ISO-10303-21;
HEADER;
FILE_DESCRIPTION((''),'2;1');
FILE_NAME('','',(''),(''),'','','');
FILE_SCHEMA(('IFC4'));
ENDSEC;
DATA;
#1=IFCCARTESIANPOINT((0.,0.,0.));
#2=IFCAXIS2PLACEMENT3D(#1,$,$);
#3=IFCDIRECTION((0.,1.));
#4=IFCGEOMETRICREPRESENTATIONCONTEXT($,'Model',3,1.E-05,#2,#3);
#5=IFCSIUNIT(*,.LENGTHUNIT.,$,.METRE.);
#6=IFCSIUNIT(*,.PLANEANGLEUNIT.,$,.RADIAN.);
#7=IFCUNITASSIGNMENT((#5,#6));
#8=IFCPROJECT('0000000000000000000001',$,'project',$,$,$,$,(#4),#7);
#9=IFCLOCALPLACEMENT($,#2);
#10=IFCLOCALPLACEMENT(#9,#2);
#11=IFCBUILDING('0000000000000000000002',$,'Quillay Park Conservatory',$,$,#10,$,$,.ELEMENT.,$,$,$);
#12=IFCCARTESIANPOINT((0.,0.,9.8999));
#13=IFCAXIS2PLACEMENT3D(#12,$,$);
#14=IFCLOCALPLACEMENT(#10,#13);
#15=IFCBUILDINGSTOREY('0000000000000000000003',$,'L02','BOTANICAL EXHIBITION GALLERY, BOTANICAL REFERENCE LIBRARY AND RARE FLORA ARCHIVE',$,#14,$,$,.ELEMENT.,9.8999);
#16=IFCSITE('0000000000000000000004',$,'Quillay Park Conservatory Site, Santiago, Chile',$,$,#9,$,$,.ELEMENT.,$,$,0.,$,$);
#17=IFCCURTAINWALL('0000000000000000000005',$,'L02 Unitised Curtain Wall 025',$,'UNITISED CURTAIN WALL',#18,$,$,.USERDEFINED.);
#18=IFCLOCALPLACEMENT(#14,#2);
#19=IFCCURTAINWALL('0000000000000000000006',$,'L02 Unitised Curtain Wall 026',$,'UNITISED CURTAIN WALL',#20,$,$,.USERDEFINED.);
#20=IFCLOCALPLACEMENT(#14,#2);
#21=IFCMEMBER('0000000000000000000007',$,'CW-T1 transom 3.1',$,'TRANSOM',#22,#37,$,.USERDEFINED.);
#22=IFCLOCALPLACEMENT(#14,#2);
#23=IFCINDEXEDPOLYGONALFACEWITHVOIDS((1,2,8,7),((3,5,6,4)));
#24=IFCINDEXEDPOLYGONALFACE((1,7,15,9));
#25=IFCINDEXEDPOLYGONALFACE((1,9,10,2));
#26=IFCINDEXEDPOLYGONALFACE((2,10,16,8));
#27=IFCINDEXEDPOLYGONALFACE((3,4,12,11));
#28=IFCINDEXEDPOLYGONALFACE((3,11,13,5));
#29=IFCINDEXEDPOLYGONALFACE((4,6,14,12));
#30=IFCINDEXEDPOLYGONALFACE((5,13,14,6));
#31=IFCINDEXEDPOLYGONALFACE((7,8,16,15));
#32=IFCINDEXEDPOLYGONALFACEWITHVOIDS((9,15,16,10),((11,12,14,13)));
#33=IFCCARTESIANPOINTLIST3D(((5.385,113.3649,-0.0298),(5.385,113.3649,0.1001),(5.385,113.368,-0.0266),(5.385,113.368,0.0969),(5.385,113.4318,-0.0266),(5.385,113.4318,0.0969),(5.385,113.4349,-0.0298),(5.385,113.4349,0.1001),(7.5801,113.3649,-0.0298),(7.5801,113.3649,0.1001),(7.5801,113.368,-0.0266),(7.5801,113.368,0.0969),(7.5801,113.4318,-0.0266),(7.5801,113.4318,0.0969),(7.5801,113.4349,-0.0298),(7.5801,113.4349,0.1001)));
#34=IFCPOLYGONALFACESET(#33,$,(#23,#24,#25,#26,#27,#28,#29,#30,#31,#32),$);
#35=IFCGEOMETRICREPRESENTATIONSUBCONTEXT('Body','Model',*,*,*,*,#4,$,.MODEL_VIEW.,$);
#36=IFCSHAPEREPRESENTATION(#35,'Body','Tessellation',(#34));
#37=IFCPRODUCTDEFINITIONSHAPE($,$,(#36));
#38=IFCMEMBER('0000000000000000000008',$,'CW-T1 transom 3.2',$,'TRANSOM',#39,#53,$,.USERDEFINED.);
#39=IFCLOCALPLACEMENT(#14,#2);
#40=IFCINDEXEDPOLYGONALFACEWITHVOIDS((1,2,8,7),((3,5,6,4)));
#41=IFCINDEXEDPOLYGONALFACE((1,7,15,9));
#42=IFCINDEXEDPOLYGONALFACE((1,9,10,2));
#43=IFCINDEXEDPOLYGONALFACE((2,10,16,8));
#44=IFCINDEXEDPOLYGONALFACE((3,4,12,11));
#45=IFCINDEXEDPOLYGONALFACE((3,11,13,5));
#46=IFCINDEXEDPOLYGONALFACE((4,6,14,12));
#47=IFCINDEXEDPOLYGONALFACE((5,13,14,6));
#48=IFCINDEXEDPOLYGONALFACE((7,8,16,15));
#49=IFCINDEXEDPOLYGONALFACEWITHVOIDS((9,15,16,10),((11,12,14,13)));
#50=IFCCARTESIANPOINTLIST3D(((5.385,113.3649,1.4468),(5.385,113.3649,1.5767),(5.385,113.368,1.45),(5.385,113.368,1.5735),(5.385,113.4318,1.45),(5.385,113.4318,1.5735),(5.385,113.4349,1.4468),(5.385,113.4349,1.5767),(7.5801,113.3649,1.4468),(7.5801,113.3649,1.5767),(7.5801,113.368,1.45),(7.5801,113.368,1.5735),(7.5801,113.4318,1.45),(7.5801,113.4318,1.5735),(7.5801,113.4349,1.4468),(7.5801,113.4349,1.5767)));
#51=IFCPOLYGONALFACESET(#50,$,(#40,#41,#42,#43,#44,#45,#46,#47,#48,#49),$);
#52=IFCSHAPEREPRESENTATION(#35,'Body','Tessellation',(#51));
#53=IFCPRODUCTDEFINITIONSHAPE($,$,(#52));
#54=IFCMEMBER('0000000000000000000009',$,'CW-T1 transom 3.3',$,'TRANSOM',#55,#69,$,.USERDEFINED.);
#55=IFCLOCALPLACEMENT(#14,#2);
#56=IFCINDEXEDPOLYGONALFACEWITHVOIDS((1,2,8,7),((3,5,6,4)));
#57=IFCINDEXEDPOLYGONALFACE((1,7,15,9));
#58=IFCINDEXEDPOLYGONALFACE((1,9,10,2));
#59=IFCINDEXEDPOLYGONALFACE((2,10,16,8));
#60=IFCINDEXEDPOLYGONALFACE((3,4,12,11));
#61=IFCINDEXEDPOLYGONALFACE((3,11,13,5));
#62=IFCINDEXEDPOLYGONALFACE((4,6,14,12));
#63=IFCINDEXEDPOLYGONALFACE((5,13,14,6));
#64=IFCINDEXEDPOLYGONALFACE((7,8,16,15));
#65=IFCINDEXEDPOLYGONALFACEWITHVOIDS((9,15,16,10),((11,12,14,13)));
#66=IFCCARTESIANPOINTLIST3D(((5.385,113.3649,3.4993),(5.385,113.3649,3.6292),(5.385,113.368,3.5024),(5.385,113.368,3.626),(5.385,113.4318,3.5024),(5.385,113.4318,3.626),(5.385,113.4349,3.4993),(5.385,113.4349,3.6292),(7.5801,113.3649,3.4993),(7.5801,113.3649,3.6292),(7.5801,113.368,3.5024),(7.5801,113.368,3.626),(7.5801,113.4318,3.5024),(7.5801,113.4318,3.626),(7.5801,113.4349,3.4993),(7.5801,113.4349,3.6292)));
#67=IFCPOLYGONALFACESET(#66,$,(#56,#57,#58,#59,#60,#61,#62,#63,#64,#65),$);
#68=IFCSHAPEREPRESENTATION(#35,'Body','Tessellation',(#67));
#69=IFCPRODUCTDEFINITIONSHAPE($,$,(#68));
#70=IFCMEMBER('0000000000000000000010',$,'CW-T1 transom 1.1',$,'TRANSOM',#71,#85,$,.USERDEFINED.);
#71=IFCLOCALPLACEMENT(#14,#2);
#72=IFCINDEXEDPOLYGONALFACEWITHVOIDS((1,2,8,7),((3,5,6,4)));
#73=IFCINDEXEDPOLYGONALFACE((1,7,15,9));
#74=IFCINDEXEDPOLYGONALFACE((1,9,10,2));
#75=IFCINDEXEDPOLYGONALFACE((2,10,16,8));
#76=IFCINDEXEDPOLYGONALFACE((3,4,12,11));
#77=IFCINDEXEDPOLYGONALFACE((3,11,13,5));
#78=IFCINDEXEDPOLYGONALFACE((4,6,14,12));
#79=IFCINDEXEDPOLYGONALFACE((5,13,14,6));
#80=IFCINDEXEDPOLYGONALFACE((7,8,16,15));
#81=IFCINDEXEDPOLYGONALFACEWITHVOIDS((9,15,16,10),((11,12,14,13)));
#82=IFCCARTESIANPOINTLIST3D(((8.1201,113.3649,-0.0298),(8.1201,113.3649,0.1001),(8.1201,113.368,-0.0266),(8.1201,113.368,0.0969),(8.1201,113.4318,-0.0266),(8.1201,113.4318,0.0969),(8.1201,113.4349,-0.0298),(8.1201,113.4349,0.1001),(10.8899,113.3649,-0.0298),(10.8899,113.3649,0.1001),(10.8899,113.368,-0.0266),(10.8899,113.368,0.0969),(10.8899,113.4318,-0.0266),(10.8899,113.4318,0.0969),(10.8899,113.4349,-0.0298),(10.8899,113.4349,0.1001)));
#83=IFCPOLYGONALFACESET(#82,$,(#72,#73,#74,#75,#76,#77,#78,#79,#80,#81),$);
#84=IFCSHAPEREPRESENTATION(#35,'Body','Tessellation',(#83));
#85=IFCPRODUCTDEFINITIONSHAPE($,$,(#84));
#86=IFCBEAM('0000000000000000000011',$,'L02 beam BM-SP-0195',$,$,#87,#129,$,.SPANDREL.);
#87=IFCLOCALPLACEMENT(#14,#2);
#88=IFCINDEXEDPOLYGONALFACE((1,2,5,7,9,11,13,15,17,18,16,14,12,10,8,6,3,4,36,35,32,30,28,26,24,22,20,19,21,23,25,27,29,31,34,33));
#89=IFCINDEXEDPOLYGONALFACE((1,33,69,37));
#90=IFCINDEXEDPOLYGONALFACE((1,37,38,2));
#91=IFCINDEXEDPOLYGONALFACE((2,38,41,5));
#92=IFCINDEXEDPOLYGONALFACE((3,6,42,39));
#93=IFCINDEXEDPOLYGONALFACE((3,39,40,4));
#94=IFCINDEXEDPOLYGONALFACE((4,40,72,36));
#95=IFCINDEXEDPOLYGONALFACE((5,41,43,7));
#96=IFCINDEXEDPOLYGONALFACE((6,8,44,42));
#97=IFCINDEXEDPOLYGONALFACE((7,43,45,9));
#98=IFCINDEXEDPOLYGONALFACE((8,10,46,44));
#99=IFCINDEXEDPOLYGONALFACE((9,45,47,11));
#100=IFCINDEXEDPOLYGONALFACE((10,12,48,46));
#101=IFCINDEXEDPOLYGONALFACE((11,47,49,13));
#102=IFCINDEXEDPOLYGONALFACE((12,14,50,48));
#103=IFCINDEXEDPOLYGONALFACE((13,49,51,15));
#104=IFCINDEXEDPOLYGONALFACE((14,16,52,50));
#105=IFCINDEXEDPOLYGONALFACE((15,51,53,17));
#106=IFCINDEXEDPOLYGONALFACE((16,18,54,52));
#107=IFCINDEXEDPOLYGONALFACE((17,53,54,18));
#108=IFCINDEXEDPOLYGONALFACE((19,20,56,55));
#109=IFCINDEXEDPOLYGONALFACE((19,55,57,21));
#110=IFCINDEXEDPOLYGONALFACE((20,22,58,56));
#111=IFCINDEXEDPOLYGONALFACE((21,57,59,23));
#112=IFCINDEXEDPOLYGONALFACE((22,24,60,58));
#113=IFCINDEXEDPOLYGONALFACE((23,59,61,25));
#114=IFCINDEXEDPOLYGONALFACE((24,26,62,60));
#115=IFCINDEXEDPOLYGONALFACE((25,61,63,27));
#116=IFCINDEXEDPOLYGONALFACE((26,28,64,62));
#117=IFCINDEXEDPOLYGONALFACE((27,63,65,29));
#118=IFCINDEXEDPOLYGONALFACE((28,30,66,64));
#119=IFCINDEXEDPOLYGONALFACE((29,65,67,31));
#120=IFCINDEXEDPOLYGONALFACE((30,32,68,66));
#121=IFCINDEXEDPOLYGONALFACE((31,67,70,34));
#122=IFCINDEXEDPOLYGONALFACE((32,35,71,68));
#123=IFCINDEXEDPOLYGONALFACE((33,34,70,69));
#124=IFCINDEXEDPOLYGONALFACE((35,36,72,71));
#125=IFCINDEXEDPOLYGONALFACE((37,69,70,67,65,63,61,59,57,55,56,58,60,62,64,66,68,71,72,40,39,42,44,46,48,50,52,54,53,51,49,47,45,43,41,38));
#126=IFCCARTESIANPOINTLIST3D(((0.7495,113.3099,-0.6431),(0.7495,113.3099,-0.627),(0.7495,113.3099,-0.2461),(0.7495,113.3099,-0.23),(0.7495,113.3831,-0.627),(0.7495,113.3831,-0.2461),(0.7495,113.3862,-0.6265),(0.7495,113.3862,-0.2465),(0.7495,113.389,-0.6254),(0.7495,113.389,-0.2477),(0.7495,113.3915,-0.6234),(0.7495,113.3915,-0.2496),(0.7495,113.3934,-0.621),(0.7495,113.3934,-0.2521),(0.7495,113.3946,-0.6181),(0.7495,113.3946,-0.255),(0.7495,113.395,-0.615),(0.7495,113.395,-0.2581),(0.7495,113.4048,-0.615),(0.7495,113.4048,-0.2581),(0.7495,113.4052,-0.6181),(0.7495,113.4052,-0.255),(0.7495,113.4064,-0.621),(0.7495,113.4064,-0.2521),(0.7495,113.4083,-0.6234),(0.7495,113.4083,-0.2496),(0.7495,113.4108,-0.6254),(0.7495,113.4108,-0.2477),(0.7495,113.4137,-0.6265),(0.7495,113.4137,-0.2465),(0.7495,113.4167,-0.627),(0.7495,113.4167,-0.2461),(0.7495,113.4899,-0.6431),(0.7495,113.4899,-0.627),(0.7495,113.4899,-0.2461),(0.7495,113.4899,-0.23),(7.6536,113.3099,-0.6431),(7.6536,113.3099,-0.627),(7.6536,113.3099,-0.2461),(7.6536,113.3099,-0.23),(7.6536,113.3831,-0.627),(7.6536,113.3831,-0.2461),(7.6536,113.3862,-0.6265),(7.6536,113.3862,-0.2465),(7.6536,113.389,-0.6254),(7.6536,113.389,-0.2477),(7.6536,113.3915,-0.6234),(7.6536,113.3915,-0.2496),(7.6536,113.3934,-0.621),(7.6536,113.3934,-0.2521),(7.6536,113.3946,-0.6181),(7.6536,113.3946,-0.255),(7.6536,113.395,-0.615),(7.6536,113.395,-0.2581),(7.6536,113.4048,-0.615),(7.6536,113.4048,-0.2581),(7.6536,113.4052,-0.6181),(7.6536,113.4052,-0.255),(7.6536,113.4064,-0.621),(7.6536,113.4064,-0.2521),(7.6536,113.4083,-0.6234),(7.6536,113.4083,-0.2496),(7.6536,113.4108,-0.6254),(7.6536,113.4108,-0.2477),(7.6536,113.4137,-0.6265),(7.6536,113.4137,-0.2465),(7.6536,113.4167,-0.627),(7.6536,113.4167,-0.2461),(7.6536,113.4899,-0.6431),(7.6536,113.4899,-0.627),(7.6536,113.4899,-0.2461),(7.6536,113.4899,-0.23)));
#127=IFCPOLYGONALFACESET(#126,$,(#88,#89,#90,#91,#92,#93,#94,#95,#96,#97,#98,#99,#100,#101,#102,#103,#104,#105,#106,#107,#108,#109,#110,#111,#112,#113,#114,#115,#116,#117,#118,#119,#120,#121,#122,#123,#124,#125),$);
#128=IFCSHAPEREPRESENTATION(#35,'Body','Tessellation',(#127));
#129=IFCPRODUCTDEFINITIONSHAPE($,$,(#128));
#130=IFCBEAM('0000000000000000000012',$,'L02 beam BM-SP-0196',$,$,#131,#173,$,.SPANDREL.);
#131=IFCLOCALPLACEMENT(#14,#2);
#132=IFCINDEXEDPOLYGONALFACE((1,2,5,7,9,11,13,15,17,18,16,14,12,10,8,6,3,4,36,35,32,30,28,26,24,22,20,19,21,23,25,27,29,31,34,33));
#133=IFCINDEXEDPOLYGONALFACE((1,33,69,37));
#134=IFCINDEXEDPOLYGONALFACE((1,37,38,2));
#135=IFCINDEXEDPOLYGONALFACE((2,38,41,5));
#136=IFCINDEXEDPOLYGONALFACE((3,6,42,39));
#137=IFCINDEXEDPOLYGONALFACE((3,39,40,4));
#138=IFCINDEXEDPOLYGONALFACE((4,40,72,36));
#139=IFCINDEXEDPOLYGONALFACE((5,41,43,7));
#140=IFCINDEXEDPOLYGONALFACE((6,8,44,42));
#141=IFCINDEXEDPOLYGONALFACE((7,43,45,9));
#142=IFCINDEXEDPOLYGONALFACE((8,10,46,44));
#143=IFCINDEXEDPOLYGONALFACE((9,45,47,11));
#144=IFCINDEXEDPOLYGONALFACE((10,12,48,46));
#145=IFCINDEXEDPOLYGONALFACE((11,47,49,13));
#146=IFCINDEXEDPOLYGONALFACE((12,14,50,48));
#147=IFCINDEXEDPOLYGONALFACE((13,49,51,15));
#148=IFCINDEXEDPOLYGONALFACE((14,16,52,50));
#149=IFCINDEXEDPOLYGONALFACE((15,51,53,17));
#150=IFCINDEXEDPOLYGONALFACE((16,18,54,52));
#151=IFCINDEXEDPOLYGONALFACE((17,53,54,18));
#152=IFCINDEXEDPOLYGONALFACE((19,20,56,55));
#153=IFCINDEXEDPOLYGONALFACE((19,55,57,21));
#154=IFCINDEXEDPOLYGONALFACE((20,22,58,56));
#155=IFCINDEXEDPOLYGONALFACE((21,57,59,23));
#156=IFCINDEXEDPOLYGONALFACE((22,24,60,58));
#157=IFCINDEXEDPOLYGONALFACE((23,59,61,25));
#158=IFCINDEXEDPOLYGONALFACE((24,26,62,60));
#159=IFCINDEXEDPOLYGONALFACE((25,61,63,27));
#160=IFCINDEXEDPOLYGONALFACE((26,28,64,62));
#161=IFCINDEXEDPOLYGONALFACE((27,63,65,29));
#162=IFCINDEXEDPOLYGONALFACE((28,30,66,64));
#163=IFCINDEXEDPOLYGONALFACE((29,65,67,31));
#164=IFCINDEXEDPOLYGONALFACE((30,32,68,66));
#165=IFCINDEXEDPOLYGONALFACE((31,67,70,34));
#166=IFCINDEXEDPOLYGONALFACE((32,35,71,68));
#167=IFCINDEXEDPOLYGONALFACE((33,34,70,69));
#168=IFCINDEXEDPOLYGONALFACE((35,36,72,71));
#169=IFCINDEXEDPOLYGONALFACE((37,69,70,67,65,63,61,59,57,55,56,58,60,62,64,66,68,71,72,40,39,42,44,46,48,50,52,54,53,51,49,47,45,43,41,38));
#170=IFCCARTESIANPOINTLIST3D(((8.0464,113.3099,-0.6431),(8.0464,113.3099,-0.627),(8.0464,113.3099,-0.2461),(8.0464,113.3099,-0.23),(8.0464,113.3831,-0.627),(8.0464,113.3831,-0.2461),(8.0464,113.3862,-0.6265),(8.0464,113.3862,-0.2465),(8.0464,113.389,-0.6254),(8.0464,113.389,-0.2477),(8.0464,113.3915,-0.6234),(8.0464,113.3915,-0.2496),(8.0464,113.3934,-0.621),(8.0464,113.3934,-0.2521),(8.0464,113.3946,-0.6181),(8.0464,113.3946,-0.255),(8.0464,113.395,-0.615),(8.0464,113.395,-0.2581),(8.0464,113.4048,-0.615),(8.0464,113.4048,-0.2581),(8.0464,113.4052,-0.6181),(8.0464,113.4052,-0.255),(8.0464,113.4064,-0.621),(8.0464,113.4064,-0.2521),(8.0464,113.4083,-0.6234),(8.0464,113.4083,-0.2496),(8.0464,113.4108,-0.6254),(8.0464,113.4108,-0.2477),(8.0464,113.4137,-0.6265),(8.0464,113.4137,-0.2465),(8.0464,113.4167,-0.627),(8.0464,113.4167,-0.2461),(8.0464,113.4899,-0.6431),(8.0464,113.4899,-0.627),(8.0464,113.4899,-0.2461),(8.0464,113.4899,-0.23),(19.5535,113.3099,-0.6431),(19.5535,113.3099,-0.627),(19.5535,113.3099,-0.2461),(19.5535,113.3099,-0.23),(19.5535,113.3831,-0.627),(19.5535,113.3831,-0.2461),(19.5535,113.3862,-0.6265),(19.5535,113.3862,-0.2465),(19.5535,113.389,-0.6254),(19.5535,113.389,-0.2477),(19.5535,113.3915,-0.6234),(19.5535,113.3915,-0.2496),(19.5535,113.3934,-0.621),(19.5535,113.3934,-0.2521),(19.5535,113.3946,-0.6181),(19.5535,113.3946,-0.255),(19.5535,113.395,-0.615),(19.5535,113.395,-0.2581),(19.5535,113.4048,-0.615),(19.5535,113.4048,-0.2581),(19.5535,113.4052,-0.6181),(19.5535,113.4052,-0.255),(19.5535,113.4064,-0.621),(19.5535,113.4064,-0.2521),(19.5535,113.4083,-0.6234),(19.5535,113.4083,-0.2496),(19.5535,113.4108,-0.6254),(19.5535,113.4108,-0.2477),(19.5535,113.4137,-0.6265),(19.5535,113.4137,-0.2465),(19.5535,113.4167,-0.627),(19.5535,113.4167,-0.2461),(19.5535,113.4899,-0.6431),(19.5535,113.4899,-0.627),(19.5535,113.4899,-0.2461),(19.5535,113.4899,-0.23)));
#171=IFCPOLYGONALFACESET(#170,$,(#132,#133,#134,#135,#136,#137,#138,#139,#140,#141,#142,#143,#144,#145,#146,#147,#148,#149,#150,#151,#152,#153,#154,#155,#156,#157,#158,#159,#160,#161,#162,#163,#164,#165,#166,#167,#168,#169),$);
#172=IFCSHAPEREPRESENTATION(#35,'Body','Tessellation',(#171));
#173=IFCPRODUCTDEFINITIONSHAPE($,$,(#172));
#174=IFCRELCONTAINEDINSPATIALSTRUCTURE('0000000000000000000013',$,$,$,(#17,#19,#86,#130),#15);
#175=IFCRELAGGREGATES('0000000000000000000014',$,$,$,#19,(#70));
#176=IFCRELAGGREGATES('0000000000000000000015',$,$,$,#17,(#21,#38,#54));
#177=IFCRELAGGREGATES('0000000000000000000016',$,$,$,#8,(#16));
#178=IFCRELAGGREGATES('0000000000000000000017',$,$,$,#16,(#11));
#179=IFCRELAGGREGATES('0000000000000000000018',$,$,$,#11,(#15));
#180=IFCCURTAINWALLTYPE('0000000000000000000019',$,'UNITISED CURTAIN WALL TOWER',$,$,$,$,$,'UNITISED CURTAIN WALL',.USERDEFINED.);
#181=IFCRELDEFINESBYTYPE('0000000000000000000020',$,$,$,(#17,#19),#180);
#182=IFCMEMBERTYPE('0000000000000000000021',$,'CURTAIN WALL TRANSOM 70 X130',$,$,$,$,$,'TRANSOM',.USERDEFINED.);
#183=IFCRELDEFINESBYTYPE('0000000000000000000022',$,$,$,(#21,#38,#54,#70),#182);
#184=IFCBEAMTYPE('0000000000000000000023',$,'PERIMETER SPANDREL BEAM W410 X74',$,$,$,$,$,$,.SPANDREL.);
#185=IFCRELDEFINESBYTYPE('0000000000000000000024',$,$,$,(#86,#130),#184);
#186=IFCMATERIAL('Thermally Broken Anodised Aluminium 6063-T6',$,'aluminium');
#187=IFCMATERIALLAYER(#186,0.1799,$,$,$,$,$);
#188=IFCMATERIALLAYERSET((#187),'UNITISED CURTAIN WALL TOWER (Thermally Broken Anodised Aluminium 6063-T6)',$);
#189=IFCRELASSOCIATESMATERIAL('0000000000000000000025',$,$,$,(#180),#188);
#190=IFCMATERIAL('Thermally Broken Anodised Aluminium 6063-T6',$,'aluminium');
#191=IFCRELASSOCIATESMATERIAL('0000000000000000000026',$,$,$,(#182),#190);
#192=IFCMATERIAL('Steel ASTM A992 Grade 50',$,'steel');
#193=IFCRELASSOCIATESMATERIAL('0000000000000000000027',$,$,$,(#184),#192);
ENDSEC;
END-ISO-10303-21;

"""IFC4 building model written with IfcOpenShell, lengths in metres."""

from ifc_helpers import new_model, si_unit, direction, frame, origin, origin_2d, place, context, subcontext, project, spatial, hollow_rectangle, i_section, extrude, material, layer, layer_set, material_profile, profile_set, type_object, element, aggregate, save


model = new_model("IFC4")

# Units and contexts
model_context = context("Model", 3, precision=1e-05, world=origin(), true_north=direction((0.0, 1.0)))
body_context = subcontext(model_context, "Body", "Model", "MODEL_VIEW")
ifc_project = project(units=[si_unit("LENGTHUNIT", "METRE"), si_unit("PLANEANGLEUNIT", "RADIAN")], contexts=[model_context])

# Site, building, storey
site_placement = place(None, origin())
site = spatial("IfcSite", under=ifc_project, at=site_placement, Name="Quillay Park Conservatory Site, Santiago, Chile", CompositionType="ELEMENT", RefElevation=0.0)
building_placement = place(site_placement, origin())
building = spatial("IfcBuilding", under=site, at=building_placement, Name="Quillay Park Conservatory", CompositionType="ELEMENT")
storey_placement = place(building_placement, frame((0.0, 0.0, 9.8999)))
storey = spatial("IfcBuildingStorey", under=building, at=storey_placement, Name="L02", Description="BOTANICAL EXHIBITION GALLERY, BOTANICAL REFERENCE LIBRARY AND RARE FLORA ARCHIVE", CompositionType="ELEMENT", Elevation=9.8999)

# Curtain wall
ifc_material_1 = material(Name="Thermally Broken Anodised Aluminium 6063-T6", Category="aluminium")
ifc_layer_1 = layer(ifc_material_1, 0.1799)
ifc_layer_set_1 = layer_set([ifc_layer_1], Name="UNITISED CURTAIN WALL TOWER (Thermally Broken Anodised Aluminium 6063-T6)")
curtain_wall_type = type_object("IfcCurtainWallType", Name="UNITISED CURTAIN WALL TOWER", ElementType="UNITISED CURTAIN WALL", PredefinedType="USERDEFINED", material=ifc_layer_set_1)
curtain_wall_1_placement = place(storey_placement, origin())
curtain_wall_1 = element("IfcCurtainWall", 1, at=curtain_wall_1_placement, inside=storey, type_object=curtain_wall_type, Name="L02 Unitised Curtain Wall 025", ObjectType="UNITISED CURTAIN WALL", PredefinedType="USERDEFINED")

# Curtain wall
curtain_wall_2_placement = place(storey_placement, origin())
curtain_wall_2 = element("IfcCurtainWall", 2, at=curtain_wall_2_placement, inside=storey, type_object=curtain_wall_type, Name="L02 Unitised Curtain Wall 026", ObjectType="UNITISED CURTAIN WALL", PredefinedType="USERDEFINED")

# Members
ifc_material_2 = material(Name="Thermally Broken Anodised Aluminium 6063-T6", Category="aluminium")
ifc_material_profile_1 = material_profile(ifc_material_2, hollow_rectangle(XDim=0.0701, YDim=0.1299, WallThickness=0.0032, at=origin_2d()), Name="AL70x130x3.2")
ifc_profile_set_1 = profile_set([ifc_material_profile_1], Name="Thermally Broken Anodised Aluminium 6063-T6")
member_type_1 = type_object("IfcMemberType", Name="CURTAIN WALL TRANSOM 70 X130", ElementType="TRANSOM", PredefinedType="USERDEFINED", material=ifc_profile_set_1)
member_1_placement = place(storey_placement, frame((5.385, 113.3999, 0.0352), z_axis=(1.0, 0.0, 0.0), x_axis=(0.0, 1.0, 0.0)))
member_1 = element("IfcMember", 3, at=member_1_placement, type_object=member_type_1, Name="CW-T1 transom 3.1", ObjectType="TRANSOM", PredefinedType="USERDEFINED", context=body_context, shape_type="SweptSolid", body=[
    extrude(hollow_rectangle(XDim=0.0701, YDim=0.1299, WallThickness=0.0032, at=origin_2d()), origin(), (0.0, 0.0, 1.0), 2.1951),
])
member_2_placement = place(storey_placement, frame((5.385, 113.3999, 1.5117), z_axis=(1.0, 0.0, 0.0), x_axis=(0.0, 1.0, 0.0)))
member_2 = element("IfcMember", 4, at=member_2_placement, type_object=member_type_1, Name="CW-T1 transom 3.2", ObjectType="TRANSOM", PredefinedType="USERDEFINED", context=body_context, shape_type="SweptSolid", body=[
    extrude(hollow_rectangle(XDim=0.0701, YDim=0.1299, WallThickness=0.0032, at=origin_2d()), origin(), (0.0, 0.0, 1.0), 2.1951),
])
member_3_placement = place(storey_placement, frame((5.385, 113.3999, 3.5642), z_axis=(1.0, 0.0, 0.0), x_axis=(0.0, 1.0, 0.0)))
member_3 = element("IfcMember", 5, at=member_3_placement, type_object=member_type_1, Name="CW-T1 transom 3.3", ObjectType="TRANSOM", PredefinedType="USERDEFINED", context=body_context, shape_type="SweptSolid", body=[
    extrude(hollow_rectangle(XDim=0.0701, YDim=0.1299, WallThickness=0.0032, at=origin_2d()), origin(), (0.0, 0.0, 1.0), 2.1951),
])
member_4_placement = place(storey_placement, frame((8.1201, 113.3999, 0.0352), z_axis=(1.0, 0.0, 0.0), x_axis=(0.0, 1.0, 0.0)))
member_4 = element("IfcMember", 6, at=member_4_placement, type_object=member_type_1, Name="CW-T1 transom 1.1", ObjectType="TRANSOM", PredefinedType="USERDEFINED", context=body_context, shape_type="SweptSolid", body=[
    extrude(hollow_rectangle(XDim=0.0701, YDim=0.1299, WallThickness=0.0032, at=origin_2d()), origin(), (0.0, 0.0, 1.0), 2.7698),
])
aggregate(curtain_wall_2, [member_4])

# Beams
ifc_material_3 = material(Name="Steel ASTM A992 Grade 50", Category="steel")
ifc_material_profile_2 = material_profile(ifc_material_3, i_section(OverallWidth=0.1799, OverallDepth=0.4131, WebThickness=0.0098, FlangeThickness=0.0161, FilletRadius=0.012, at=origin_2d()), Name="W410x74")
ifc_profile_set_2 = profile_set([ifc_material_profile_2], Name="Steel ASTM A992 Grade 50")
beam_type_1 = type_object("IfcBeamType", Name="PERIMETER SPANDREL BEAM W410 X74", PredefinedType="SPANDREL", material=ifc_profile_set_2)
beam_1_placement = place(storey_placement, frame((0.7495, 113.3999, -0.4365), z_axis=(1.0, 0.0, 0.0), x_axis=(0.0, 1.0, 0.0)))
element("IfcBeam", 7, at=beam_1_placement, inside=storey, type_object=beam_type_1, Name="L02 beam BM-SP-0195", PredefinedType="SPANDREL", context=body_context, shape_type="SweptSolid", body=[
    extrude(i_section(OverallWidth=0.1799, OverallDepth=0.4131, WebThickness=0.0098, FlangeThickness=0.0161, FilletRadius=0.012, at=origin_2d()), origin(), (0.0, 0.0, 1.0), 6.9041),
])
beam_2_placement = place(storey_placement, frame((8.0464, 113.3999, -0.4365), z_axis=(1.0, 0.0, 0.0), x_axis=(0.0, 1.0, 0.0)))
element("IfcBeam", 8, at=beam_2_placement, inside=storey, type_object=beam_type_1, Name="L02 beam BM-SP-0196", PredefinedType="SPANDREL", context=body_context, shape_type="SweptSolid", body=[
    extrude(i_section(OverallWidth=0.1799, OverallDepth=0.4131, WebThickness=0.0098, FlangeThickness=0.0161, FilletRadius=0.012, at=origin_2d()), origin(), (0.0, 0.0, 1.0), 11.5071),
])

aggregate(curtain_wall_1, [member_1, member_2, member_3])

save(model, "model.ifc")
